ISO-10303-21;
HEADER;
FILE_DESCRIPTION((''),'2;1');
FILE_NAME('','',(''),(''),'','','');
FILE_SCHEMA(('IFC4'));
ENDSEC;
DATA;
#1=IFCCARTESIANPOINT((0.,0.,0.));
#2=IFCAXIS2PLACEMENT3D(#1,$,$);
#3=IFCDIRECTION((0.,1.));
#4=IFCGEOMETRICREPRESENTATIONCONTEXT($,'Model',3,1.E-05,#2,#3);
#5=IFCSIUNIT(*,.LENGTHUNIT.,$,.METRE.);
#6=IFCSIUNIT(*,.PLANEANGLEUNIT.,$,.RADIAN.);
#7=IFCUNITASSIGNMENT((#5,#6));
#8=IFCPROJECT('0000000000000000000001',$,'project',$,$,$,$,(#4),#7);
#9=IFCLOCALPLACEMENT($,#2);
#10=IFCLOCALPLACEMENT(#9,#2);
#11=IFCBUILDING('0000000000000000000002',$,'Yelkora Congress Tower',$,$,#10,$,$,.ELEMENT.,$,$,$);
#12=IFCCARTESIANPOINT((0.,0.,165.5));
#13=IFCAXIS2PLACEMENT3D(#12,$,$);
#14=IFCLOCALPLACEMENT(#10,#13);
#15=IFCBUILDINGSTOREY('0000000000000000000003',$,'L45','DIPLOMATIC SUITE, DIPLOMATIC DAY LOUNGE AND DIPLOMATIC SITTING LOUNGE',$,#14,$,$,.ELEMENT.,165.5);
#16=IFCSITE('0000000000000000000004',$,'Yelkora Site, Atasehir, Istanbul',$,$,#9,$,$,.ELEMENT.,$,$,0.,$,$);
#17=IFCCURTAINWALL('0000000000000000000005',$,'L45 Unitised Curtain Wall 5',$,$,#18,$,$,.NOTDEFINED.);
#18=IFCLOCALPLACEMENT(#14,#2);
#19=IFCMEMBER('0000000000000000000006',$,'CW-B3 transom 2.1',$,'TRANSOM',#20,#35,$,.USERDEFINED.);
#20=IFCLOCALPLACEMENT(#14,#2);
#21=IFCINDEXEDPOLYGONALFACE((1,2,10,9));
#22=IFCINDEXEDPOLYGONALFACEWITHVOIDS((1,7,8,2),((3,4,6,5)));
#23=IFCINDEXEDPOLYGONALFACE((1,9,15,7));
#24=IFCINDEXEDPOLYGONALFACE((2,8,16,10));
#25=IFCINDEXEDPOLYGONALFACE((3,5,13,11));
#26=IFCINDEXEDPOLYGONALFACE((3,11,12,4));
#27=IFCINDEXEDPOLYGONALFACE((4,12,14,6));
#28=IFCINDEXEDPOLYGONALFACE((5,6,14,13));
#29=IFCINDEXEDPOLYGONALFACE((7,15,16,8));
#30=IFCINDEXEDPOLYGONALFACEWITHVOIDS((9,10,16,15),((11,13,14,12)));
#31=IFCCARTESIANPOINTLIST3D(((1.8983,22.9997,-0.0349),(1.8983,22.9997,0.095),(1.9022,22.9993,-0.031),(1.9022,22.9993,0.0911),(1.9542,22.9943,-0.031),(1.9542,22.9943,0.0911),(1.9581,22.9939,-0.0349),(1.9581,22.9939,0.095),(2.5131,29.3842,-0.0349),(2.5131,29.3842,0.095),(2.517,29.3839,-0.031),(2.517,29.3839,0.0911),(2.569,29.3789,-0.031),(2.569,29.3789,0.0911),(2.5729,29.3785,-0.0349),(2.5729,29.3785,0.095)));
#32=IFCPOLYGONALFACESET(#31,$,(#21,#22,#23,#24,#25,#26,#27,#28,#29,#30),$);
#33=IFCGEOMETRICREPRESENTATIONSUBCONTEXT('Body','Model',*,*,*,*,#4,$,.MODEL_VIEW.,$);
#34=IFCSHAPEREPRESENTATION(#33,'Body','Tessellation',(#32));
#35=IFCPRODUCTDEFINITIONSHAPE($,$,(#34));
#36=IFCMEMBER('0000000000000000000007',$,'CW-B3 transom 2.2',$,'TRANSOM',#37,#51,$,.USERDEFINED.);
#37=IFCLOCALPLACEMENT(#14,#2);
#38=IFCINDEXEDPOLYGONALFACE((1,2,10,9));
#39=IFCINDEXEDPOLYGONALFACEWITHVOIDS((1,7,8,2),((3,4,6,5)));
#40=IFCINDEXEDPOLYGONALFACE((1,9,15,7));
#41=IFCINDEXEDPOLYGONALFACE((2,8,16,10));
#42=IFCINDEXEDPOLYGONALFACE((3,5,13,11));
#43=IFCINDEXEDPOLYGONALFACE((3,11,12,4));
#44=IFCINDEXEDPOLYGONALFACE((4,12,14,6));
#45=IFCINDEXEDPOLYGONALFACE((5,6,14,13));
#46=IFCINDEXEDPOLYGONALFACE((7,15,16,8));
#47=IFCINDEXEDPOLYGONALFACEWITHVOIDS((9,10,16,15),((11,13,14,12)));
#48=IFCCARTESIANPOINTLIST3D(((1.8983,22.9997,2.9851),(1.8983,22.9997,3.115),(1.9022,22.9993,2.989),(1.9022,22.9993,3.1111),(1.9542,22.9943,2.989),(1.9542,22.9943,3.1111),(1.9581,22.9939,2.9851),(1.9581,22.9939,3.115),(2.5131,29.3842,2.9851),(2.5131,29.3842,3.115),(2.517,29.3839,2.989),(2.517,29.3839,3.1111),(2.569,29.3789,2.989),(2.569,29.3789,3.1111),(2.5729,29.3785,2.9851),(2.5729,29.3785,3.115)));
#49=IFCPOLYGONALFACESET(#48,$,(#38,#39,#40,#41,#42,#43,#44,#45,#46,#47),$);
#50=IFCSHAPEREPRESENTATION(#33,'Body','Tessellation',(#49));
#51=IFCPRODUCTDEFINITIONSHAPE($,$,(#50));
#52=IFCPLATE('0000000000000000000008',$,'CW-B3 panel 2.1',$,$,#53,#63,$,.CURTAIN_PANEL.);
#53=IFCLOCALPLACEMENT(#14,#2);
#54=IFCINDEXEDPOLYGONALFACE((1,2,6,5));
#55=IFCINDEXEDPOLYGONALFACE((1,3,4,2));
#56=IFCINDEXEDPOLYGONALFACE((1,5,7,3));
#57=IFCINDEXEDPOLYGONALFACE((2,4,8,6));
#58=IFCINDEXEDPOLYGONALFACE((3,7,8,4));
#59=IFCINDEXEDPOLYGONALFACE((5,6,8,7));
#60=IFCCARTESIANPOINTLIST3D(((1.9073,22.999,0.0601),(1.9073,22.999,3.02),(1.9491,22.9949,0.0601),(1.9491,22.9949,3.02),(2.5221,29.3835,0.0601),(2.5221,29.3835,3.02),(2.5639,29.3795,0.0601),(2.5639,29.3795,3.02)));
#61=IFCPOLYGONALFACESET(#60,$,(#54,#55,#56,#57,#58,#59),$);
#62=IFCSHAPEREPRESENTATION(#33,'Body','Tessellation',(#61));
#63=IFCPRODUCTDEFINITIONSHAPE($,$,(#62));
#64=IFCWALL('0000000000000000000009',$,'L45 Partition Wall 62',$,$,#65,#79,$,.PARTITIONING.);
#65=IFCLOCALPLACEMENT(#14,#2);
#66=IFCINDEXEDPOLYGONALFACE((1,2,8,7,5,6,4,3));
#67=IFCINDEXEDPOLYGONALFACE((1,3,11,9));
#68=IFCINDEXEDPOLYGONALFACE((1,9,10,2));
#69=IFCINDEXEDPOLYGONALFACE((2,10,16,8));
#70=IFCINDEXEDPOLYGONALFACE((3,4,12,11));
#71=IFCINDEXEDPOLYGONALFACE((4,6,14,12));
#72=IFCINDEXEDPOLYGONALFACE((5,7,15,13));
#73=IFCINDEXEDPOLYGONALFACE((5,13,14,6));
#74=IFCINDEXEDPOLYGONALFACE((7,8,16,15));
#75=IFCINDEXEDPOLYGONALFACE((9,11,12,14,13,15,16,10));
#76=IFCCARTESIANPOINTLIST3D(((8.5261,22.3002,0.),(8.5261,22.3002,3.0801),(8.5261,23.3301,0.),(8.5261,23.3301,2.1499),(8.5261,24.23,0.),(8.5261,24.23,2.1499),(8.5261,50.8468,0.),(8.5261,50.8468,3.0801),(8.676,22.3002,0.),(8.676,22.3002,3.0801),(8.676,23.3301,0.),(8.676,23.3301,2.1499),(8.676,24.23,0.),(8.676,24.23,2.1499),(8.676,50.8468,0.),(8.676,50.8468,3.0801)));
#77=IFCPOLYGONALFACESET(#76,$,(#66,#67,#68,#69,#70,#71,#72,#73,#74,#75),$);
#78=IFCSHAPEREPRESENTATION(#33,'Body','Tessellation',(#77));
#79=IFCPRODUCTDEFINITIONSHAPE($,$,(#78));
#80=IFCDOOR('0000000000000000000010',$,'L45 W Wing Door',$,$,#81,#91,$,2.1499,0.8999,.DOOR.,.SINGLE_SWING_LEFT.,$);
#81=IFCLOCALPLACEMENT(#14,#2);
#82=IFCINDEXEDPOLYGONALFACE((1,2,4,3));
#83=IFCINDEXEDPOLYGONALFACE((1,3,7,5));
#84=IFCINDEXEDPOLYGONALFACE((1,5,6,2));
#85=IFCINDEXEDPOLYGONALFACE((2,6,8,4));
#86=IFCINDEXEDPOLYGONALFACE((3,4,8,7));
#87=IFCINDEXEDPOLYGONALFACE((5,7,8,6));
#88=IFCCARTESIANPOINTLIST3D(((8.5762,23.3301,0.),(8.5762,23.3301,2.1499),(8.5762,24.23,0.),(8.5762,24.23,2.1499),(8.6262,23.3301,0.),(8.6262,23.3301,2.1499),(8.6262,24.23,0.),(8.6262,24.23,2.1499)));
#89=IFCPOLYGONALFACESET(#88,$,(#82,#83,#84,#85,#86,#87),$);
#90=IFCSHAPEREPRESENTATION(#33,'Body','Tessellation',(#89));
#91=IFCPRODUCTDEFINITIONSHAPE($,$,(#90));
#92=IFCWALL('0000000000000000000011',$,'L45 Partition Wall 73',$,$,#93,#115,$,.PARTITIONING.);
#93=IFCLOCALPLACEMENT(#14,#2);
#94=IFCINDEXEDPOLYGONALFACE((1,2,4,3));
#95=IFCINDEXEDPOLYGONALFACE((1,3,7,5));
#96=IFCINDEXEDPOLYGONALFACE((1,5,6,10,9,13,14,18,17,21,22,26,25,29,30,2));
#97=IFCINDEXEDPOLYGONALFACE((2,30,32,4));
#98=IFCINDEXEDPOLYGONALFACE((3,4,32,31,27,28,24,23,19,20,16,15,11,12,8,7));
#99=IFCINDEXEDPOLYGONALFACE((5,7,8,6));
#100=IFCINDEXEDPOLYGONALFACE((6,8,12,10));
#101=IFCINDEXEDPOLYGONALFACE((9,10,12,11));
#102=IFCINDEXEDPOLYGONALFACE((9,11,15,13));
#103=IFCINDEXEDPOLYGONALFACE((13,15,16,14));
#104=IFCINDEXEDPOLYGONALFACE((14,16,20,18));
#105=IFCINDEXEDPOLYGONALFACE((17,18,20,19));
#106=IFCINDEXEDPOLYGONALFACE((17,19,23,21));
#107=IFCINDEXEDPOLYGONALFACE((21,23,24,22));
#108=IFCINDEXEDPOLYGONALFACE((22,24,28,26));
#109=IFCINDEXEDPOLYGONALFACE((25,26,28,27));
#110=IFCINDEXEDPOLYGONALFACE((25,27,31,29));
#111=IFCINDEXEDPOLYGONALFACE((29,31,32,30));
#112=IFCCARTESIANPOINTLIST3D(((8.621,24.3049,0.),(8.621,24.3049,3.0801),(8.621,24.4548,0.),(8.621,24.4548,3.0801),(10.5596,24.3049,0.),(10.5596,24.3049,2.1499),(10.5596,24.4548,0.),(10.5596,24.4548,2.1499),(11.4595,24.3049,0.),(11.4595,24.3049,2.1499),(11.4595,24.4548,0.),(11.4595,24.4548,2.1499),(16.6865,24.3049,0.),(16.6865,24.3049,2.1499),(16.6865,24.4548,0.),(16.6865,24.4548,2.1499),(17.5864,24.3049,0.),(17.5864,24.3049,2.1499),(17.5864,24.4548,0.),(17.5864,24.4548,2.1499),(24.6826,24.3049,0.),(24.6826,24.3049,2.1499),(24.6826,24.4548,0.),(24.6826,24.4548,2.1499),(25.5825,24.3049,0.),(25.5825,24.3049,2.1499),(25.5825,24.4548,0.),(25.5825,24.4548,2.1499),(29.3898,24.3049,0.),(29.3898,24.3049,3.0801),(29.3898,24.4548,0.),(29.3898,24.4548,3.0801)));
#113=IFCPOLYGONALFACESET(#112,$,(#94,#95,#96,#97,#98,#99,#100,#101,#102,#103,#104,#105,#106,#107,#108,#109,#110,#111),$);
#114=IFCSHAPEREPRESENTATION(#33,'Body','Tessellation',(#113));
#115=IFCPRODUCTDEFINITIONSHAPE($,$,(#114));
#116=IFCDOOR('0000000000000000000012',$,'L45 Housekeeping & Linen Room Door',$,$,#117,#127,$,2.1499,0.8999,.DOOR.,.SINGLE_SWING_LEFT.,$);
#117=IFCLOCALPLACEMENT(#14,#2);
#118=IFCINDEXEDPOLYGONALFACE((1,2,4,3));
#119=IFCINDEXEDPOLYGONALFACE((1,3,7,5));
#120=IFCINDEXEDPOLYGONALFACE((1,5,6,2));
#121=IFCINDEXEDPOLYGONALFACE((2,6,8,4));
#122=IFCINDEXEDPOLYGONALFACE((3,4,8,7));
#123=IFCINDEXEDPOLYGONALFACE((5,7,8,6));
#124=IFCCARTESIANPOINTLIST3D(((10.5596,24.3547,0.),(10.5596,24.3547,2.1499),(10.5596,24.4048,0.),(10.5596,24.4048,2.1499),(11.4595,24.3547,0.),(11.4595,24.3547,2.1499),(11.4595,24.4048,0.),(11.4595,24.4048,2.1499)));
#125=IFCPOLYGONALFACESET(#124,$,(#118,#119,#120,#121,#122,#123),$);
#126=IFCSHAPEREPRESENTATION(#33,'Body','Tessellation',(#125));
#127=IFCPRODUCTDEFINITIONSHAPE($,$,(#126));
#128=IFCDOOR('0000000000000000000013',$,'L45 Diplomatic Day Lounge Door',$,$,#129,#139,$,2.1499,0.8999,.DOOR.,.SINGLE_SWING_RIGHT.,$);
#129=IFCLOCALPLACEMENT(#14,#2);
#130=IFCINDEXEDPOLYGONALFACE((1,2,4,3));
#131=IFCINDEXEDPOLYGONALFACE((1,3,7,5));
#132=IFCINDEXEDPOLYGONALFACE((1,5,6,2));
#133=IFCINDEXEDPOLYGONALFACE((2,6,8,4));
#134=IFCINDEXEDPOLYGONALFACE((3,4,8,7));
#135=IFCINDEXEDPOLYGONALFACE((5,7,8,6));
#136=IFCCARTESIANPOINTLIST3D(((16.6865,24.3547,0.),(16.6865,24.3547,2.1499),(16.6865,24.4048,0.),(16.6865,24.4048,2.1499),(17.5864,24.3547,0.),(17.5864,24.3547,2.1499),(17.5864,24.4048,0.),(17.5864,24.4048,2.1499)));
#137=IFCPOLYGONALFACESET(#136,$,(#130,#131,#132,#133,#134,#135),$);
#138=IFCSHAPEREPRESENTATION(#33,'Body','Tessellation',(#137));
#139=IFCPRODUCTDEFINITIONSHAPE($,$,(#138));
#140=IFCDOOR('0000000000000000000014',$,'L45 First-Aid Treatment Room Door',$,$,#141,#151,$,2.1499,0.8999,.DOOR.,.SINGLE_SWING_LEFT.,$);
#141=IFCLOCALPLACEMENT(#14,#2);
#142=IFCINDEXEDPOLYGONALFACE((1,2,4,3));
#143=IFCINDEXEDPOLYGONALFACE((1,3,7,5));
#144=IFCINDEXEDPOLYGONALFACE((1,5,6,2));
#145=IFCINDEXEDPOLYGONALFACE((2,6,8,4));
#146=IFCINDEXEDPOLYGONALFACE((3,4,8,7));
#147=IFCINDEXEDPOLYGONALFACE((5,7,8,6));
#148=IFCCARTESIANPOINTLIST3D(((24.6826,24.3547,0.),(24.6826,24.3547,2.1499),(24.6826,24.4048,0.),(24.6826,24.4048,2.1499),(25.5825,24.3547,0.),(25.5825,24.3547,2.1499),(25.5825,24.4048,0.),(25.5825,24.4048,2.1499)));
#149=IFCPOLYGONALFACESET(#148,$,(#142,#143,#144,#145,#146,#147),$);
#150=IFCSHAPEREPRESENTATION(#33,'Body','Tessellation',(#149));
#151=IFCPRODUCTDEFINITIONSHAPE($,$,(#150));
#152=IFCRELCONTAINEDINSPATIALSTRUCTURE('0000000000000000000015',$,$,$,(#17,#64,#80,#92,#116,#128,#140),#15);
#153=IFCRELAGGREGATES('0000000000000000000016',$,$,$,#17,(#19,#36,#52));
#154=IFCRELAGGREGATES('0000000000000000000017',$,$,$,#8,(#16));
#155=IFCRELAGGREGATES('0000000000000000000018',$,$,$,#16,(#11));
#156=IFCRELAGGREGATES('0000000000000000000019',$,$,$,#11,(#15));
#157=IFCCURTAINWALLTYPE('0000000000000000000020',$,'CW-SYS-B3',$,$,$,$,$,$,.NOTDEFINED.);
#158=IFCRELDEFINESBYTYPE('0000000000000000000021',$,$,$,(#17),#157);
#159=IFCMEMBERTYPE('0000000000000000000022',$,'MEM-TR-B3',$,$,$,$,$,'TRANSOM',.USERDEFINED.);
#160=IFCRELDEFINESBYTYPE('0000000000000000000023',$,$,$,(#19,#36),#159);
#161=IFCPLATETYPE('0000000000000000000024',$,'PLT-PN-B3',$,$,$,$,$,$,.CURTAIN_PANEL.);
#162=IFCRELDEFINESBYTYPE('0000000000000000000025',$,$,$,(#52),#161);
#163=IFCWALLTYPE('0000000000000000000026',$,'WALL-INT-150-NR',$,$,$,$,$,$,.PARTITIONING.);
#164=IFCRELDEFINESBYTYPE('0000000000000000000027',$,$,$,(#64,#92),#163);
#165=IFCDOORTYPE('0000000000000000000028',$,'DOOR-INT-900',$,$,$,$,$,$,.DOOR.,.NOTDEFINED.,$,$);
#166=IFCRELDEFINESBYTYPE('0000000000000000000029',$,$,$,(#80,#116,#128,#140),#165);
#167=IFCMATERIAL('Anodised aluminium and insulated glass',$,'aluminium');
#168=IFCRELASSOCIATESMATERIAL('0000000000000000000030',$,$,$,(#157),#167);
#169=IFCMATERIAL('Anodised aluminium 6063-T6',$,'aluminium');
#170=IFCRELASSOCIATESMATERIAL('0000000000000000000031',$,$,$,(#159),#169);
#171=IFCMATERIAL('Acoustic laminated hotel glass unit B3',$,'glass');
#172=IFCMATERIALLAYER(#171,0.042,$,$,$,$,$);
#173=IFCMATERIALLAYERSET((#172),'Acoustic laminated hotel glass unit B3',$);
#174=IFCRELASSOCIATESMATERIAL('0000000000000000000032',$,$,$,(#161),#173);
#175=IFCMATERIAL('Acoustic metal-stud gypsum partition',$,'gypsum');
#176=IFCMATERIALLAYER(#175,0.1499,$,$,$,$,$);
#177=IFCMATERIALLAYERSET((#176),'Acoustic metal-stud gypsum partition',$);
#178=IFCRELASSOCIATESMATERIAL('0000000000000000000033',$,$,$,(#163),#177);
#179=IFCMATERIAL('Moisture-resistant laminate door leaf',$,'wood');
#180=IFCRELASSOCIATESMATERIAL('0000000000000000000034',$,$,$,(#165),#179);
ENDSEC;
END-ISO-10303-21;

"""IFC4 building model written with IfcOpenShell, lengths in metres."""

from ifc_helpers import new_model, si_unit, direction, frame, frame_2d, origin, origin_2d, place, context, subcontext, project, spatial, rectangle, hollow_rectangle, extrude, material, layer, layer_set, material_profile, profile_set, type_object, element, fill, aggregate, save


model = new_model("IFC4")

# Units and contexts
model_context = context("Model", 3, precision=1e-05, world=origin(), true_north=direction((0.0, 1.0)))
body_context = subcontext(model_context, "Body", "Model", "MODEL_VIEW")
ifc_project = project(units=[si_unit("LENGTHUNIT", "METRE"), si_unit("PLANEANGLEUNIT", "RADIAN")], contexts=[model_context])

# Site, building, storey
site_placement = place(None, origin())
site = spatial("IfcSite", under=ifc_project, at=site_placement, Name="Yelkora Site, Atasehir, Istanbul", CompositionType="ELEMENT", RefElevation=0.0)
building_placement = place(site_placement, origin())
building = spatial("IfcBuilding", under=site, at=building_placement, Name="Yelkora Congress Tower", CompositionType="ELEMENT")
storey_placement = place(building_placement, frame((0.0, 0.0, 165.5)))
storey = spatial("IfcBuildingStorey", under=building, at=storey_placement, Name="L45", Description="DIPLOMATIC SUITE, DIPLOMATIC DAY LOUNGE AND DIPLOMATIC SITTING LOUNGE", CompositionType="ELEMENT", Elevation=165.5)

# Curtain wall, members, plate
ifc_material_1 = material(Name="Anodised aluminium and insulated glass", Category="aluminium")
curtain_wall_type = type_object("IfcCurtainWallType", Name="CW-SYS-B3", PredefinedType="NOTDEFINED", material=ifc_material_1)
curtain_wall_placement = place(storey_placement, origin())
curtain_wall = element("IfcCurtainWall", 1, at=curtain_wall_placement, inside=storey, type_object=curtain_wall_type, Name="L45 Unitised Curtain Wall 5", PredefinedType="NOTDEFINED")
ifc_material_2 = material(Name="Anodised aluminium 6063-T6", Category="aluminium")
ifc_material_profile_1 = material_profile(ifc_material_2, hollow_rectangle(XDim=0.0601, YDim=0.1299, WallThickness=0.0039, at=origin_2d()), Name="ALU 60x130x4")
ifc_profile_set_1 = profile_set([ifc_material_profile_1], Name="Anodised aluminium 6063-T6")
member_type_1 = type_object("IfcMemberType", Name="MEM-TR-B3", ElementType="TRANSOM", PredefinedType="USERDEFINED", material=ifc_profile_set_1)
member_1_placement = place(storey_placement, frame((1.9282, 22.9968, 0.03), z_axis=(0.095844, 0.995396, 0.0), x_axis=(-0.995396, 0.095844, 0.0)))
member_1 = element("IfcMember", 2, at=member_1_placement, type_object=member_type_1, Name="CW-B3 transom 2.1", ObjectType="TRANSOM", PredefinedType="USERDEFINED", context=body_context, shape_type="SweptSolid", body=[
    extrude(hollow_rectangle(XDim=0.0601, YDim=0.1299, WallThickness=0.0039, at=origin_2d()), origin(), (0.0, 0.0, 1.0), 6.4141),
])
member_2_placement = place(storey_placement, frame((1.9282, 22.9968, 3.05), z_axis=(0.095844, 0.995396, 0.0), x_axis=(-0.995396, 0.095844, 0.0)))
member_2 = element("IfcMember", 3, at=member_2_placement, type_object=member_type_1, Name="CW-B3 transom 2.2", ObjectType="TRANSOM", PredefinedType="USERDEFINED", context=body_context, shape_type="SweptSolid", body=[
    extrude(hollow_rectangle(XDim=0.0601, YDim=0.1299, WallThickness=0.0039, at=origin_2d()), origin(), (0.0, 0.0, 1.0), 6.4141),
])
ifc_material_3 = material(Name="Acoustic laminated hotel glass unit B3", Category="glass")
ifc_layer_1 = layer(ifc_material_3, 0.042)
ifc_layer_set_1 = layer_set([ifc_layer_1], Name="Acoustic laminated hotel glass unit B3")
plate_type = type_object("IfcPlateType", Name="PLT-PN-B3", PredefinedType="CURTAIN_PANEL", material=ifc_layer_set_1)
plate_placement = place(storey_placement, frame((2.2356, 26.1892, 0.0601), z_axis=(0.0, 0.0, 1.0), x_axis=(0.095845, 0.995396, 0.0)))
plate = element("IfcPlate", 4, at=plate_placement, type_object=plate_type, Name="CW-B3 panel 2.1", PredefinedType="CURTAIN_PANEL", context=body_context, shape_type="SweptSolid", body=[
    extrude(rectangle(XDim=6.4141, YDim=0.042, at=origin_2d()), origin(), (0.0, 0.0, 1.0), 2.96),
])
aggregate(curtain_wall, [member_1, member_2, plate])

# Wall, opening, door
ifc_material_4 = material(Name="Acoustic metal-stud gypsum partition", Category="gypsum")
ifc_layer_2 = layer(ifc_material_4, 0.1499)
ifc_layer_set_2 = layer_set([ifc_layer_2], Name="Acoustic metal-stud gypsum partition")
wall_type_1 = type_object("IfcWallType", Name="WALL-INT-150-NR", PredefinedType="PARTITIONING", material=ifc_layer_set_2)
wall_1_placement = place(storey_placement, frame((8.6011, 22.3, 0.0), z_axis=(0.0, 0.0, 1.0), x_axis=(0.0, 1.0, 0.0)))
wall_1 = element("IfcWall", 5, at=wall_1_placement, inside=storey, type_object=wall_type_1, Name="L45 Partition Wall 62", PredefinedType="PARTITIONING", context=body_context, shape_type="SweptSolid", body=[
    extrude(rectangle(XDim=28.5466, YDim=0.1499, at=frame_2d((14.2734, 0.0))), origin(), (0.0, 0.0, 1.0), 3.0801),
])
opening_1_placement = place(wall_1_placement, frame((1.03, 0.0, 0.0)))
opening_1 = element("IfcOpeningElement", 6, at=opening_1_placement, cuts=wall_1, PredefinedType="OPENING", context=body_context, shape_type="SweptSolid", body=[
    extrude(rectangle(XDim=0.8999, YDim=2.1499, at=frame_2d((0.45, 1.075))), frame((0.0, 0.085, 0.0), z_axis=(0.0, -1.0, 0.0), x_axis=(1.0, 0.0, 0.0)), (0.0, 0.0, 1.0), 0.1699),
])
ifc_material_5 = material(Name="Moisture-resistant laminate door leaf", Category="wood")
door_type_1 = type_object("IfcDoorType", Name="DOOR-INT-900", OperationType="NOTDEFINED", PredefinedType="DOOR", material=ifc_material_5)
door_1_placement = place(opening_1_placement, origin())
door_1 = element("IfcDoor", 7, at=door_1_placement, inside=storey, type_object=door_type_1, Name="L45 W Wing Door", OperationType="SINGLE_SWING_LEFT", OverallHeight=2.1499, OverallWidth=0.8999, PredefinedType="DOOR", context=body_context, shape_type="SweptSolid", body=[
    extrude(rectangle(XDim=0.8999, YDim=2.1499, at=frame_2d((0.45, 1.075))), frame((0.0, 0.0249, 0.0), z_axis=(0.0, -1.0, 0.0), x_axis=(1.0, 0.0, 0.0)), (0.0, 0.0, 1.0), 0.05),
])
fill(opening_1, door_1)

# Wall, openings, doors
wall_2_placement = place(storey_placement, frame((8.6211, 24.3799, 0.0), z_axis=(0.0, 0.0, 1.0), x_axis=(1.0, 0.0, 0.0)))
wall_2 = element("IfcWall", 8, at=wall_2_placement, inside=storey, type_object=wall_type_1, Name="L45 Partition Wall 73", PredefinedType="PARTITIONING", context=body_context, shape_type="SweptSolid", body=[
    extrude(rectangle(XDim=20.7688, YDim=0.1499, at=frame_2d((10.3843, 0.0))), origin(), (0.0, 0.0, 1.0), 3.0801),
])
opening_2_placement = place(wall_2_placement, frame((1.9385, 0.0, 0.0)))
opening_2 = element("IfcOpeningElement", 9, at=opening_2_placement, cuts=wall_2, PredefinedType="OPENING", context=body_context, shape_type="SweptSolid", body=[
    extrude(rectangle(XDim=0.8999, YDim=2.1499, at=frame_2d((0.45, 1.075))), frame((0.0, 0.085, 0.0), z_axis=(0.0, -1.0, 0.0), x_axis=(1.0, 0.0, 0.0)), (0.0, 0.0, 1.0), 0.1699),
])
opening_3_placement = place(wall_2_placement, frame((8.0654, 0.0, 0.0)))
opening_3 = element("IfcOpeningElement", 10, at=opening_3_placement, cuts=wall_2, PredefinedType="OPENING", context=body_context, shape_type="SweptSolid", body=[
    extrude(rectangle(XDim=0.8999, YDim=2.1499, at=frame_2d((0.45, 1.075))), frame((0.0, 0.085, 0.0), z_axis=(0.0, -1.0, 0.0), x_axis=(1.0, 0.0, 0.0)), (0.0, 0.0, 1.0), 0.1699),
])
opening_4_placement = place(wall_2_placement, frame((16.0615, 0.0, 0.0)))
opening_4 = element("IfcOpeningElement", 11, at=opening_4_placement, cuts=wall_2, PredefinedType="OPENING", context=body_context, shape_type="SweptSolid", body=[
    extrude(rectangle(XDim=0.8999, YDim=2.1499, at=frame_2d((0.45, 1.075))), frame((0.0, 0.085, 0.0), z_axis=(0.0, -1.0, 0.0), x_axis=(1.0, 0.0, 0.0)), (0.0, 0.0, 1.0), 0.1699),
])
door_2_placement = place(opening_2_placement, origin())
door_2 = element("IfcDoor", 12, at=door_2_placement, inside=storey, type_object=door_type_1, Name="L45 Housekeeping & Linen Room Door", OperationType="SINGLE_SWING_LEFT", OverallHeight=2.1499, OverallWidth=0.8999, PredefinedType="DOOR", context=body_context, shape_type="SweptSolid", body=[
    extrude(rectangle(XDim=0.8999, YDim=2.1499, at=frame_2d((0.45, 1.075))), frame((0.0, 0.0249, 0.0), z_axis=(0.0, -1.0, 0.0), x_axis=(1.0, 0.0, 0.0)), (0.0, 0.0, 1.0), 0.05),
])
fill(opening_2, door_2)
door_3_placement = place(opening_3_placement, origin())
door_3 = element("IfcDoor", 13, at=door_3_placement, inside=storey, type_object=door_type_1, Name="L45 Diplomatic Day Lounge Door", OperationType="SINGLE_SWING_RIGHT", OverallHeight=2.1499, OverallWidth=0.8999, PredefinedType="DOOR", context=body_context, shape_type="SweptSolid", body=[
    extrude(rectangle(XDim=0.8999, YDim=2.1499, at=frame_2d((0.45, 1.075))), frame((0.0, 0.0249, 0.0), z_axis=(0.0, -1.0, 0.0), x_axis=(1.0, 0.0, 0.0)), (0.0, 0.0, 1.0), 0.05),
])
fill(opening_3, door_3)
door_4_placement = place(opening_4_placement, origin())
door_4 = element("IfcDoor", 14, at=door_4_placement, inside=storey, type_object=door_type_1, Name="L45 First-Aid Treatment Room Door", OperationType="SINGLE_SWING_LEFT", OverallHeight=2.1499, OverallWidth=0.8999, PredefinedType="DOOR", context=body_context, shape_type="SweptSolid", body=[
    extrude(rectangle(XDim=0.8999, YDim=2.1499, at=frame_2d((0.45, 1.075))), frame((0.0, 0.0249, 0.0), z_axis=(0.0, -1.0, 0.0), x_axis=(1.0, 0.0, 0.0)), (0.0, 0.0, 1.0), 0.05),
])
fill(opening_4, door_4)

save(model, "model.ifc")
